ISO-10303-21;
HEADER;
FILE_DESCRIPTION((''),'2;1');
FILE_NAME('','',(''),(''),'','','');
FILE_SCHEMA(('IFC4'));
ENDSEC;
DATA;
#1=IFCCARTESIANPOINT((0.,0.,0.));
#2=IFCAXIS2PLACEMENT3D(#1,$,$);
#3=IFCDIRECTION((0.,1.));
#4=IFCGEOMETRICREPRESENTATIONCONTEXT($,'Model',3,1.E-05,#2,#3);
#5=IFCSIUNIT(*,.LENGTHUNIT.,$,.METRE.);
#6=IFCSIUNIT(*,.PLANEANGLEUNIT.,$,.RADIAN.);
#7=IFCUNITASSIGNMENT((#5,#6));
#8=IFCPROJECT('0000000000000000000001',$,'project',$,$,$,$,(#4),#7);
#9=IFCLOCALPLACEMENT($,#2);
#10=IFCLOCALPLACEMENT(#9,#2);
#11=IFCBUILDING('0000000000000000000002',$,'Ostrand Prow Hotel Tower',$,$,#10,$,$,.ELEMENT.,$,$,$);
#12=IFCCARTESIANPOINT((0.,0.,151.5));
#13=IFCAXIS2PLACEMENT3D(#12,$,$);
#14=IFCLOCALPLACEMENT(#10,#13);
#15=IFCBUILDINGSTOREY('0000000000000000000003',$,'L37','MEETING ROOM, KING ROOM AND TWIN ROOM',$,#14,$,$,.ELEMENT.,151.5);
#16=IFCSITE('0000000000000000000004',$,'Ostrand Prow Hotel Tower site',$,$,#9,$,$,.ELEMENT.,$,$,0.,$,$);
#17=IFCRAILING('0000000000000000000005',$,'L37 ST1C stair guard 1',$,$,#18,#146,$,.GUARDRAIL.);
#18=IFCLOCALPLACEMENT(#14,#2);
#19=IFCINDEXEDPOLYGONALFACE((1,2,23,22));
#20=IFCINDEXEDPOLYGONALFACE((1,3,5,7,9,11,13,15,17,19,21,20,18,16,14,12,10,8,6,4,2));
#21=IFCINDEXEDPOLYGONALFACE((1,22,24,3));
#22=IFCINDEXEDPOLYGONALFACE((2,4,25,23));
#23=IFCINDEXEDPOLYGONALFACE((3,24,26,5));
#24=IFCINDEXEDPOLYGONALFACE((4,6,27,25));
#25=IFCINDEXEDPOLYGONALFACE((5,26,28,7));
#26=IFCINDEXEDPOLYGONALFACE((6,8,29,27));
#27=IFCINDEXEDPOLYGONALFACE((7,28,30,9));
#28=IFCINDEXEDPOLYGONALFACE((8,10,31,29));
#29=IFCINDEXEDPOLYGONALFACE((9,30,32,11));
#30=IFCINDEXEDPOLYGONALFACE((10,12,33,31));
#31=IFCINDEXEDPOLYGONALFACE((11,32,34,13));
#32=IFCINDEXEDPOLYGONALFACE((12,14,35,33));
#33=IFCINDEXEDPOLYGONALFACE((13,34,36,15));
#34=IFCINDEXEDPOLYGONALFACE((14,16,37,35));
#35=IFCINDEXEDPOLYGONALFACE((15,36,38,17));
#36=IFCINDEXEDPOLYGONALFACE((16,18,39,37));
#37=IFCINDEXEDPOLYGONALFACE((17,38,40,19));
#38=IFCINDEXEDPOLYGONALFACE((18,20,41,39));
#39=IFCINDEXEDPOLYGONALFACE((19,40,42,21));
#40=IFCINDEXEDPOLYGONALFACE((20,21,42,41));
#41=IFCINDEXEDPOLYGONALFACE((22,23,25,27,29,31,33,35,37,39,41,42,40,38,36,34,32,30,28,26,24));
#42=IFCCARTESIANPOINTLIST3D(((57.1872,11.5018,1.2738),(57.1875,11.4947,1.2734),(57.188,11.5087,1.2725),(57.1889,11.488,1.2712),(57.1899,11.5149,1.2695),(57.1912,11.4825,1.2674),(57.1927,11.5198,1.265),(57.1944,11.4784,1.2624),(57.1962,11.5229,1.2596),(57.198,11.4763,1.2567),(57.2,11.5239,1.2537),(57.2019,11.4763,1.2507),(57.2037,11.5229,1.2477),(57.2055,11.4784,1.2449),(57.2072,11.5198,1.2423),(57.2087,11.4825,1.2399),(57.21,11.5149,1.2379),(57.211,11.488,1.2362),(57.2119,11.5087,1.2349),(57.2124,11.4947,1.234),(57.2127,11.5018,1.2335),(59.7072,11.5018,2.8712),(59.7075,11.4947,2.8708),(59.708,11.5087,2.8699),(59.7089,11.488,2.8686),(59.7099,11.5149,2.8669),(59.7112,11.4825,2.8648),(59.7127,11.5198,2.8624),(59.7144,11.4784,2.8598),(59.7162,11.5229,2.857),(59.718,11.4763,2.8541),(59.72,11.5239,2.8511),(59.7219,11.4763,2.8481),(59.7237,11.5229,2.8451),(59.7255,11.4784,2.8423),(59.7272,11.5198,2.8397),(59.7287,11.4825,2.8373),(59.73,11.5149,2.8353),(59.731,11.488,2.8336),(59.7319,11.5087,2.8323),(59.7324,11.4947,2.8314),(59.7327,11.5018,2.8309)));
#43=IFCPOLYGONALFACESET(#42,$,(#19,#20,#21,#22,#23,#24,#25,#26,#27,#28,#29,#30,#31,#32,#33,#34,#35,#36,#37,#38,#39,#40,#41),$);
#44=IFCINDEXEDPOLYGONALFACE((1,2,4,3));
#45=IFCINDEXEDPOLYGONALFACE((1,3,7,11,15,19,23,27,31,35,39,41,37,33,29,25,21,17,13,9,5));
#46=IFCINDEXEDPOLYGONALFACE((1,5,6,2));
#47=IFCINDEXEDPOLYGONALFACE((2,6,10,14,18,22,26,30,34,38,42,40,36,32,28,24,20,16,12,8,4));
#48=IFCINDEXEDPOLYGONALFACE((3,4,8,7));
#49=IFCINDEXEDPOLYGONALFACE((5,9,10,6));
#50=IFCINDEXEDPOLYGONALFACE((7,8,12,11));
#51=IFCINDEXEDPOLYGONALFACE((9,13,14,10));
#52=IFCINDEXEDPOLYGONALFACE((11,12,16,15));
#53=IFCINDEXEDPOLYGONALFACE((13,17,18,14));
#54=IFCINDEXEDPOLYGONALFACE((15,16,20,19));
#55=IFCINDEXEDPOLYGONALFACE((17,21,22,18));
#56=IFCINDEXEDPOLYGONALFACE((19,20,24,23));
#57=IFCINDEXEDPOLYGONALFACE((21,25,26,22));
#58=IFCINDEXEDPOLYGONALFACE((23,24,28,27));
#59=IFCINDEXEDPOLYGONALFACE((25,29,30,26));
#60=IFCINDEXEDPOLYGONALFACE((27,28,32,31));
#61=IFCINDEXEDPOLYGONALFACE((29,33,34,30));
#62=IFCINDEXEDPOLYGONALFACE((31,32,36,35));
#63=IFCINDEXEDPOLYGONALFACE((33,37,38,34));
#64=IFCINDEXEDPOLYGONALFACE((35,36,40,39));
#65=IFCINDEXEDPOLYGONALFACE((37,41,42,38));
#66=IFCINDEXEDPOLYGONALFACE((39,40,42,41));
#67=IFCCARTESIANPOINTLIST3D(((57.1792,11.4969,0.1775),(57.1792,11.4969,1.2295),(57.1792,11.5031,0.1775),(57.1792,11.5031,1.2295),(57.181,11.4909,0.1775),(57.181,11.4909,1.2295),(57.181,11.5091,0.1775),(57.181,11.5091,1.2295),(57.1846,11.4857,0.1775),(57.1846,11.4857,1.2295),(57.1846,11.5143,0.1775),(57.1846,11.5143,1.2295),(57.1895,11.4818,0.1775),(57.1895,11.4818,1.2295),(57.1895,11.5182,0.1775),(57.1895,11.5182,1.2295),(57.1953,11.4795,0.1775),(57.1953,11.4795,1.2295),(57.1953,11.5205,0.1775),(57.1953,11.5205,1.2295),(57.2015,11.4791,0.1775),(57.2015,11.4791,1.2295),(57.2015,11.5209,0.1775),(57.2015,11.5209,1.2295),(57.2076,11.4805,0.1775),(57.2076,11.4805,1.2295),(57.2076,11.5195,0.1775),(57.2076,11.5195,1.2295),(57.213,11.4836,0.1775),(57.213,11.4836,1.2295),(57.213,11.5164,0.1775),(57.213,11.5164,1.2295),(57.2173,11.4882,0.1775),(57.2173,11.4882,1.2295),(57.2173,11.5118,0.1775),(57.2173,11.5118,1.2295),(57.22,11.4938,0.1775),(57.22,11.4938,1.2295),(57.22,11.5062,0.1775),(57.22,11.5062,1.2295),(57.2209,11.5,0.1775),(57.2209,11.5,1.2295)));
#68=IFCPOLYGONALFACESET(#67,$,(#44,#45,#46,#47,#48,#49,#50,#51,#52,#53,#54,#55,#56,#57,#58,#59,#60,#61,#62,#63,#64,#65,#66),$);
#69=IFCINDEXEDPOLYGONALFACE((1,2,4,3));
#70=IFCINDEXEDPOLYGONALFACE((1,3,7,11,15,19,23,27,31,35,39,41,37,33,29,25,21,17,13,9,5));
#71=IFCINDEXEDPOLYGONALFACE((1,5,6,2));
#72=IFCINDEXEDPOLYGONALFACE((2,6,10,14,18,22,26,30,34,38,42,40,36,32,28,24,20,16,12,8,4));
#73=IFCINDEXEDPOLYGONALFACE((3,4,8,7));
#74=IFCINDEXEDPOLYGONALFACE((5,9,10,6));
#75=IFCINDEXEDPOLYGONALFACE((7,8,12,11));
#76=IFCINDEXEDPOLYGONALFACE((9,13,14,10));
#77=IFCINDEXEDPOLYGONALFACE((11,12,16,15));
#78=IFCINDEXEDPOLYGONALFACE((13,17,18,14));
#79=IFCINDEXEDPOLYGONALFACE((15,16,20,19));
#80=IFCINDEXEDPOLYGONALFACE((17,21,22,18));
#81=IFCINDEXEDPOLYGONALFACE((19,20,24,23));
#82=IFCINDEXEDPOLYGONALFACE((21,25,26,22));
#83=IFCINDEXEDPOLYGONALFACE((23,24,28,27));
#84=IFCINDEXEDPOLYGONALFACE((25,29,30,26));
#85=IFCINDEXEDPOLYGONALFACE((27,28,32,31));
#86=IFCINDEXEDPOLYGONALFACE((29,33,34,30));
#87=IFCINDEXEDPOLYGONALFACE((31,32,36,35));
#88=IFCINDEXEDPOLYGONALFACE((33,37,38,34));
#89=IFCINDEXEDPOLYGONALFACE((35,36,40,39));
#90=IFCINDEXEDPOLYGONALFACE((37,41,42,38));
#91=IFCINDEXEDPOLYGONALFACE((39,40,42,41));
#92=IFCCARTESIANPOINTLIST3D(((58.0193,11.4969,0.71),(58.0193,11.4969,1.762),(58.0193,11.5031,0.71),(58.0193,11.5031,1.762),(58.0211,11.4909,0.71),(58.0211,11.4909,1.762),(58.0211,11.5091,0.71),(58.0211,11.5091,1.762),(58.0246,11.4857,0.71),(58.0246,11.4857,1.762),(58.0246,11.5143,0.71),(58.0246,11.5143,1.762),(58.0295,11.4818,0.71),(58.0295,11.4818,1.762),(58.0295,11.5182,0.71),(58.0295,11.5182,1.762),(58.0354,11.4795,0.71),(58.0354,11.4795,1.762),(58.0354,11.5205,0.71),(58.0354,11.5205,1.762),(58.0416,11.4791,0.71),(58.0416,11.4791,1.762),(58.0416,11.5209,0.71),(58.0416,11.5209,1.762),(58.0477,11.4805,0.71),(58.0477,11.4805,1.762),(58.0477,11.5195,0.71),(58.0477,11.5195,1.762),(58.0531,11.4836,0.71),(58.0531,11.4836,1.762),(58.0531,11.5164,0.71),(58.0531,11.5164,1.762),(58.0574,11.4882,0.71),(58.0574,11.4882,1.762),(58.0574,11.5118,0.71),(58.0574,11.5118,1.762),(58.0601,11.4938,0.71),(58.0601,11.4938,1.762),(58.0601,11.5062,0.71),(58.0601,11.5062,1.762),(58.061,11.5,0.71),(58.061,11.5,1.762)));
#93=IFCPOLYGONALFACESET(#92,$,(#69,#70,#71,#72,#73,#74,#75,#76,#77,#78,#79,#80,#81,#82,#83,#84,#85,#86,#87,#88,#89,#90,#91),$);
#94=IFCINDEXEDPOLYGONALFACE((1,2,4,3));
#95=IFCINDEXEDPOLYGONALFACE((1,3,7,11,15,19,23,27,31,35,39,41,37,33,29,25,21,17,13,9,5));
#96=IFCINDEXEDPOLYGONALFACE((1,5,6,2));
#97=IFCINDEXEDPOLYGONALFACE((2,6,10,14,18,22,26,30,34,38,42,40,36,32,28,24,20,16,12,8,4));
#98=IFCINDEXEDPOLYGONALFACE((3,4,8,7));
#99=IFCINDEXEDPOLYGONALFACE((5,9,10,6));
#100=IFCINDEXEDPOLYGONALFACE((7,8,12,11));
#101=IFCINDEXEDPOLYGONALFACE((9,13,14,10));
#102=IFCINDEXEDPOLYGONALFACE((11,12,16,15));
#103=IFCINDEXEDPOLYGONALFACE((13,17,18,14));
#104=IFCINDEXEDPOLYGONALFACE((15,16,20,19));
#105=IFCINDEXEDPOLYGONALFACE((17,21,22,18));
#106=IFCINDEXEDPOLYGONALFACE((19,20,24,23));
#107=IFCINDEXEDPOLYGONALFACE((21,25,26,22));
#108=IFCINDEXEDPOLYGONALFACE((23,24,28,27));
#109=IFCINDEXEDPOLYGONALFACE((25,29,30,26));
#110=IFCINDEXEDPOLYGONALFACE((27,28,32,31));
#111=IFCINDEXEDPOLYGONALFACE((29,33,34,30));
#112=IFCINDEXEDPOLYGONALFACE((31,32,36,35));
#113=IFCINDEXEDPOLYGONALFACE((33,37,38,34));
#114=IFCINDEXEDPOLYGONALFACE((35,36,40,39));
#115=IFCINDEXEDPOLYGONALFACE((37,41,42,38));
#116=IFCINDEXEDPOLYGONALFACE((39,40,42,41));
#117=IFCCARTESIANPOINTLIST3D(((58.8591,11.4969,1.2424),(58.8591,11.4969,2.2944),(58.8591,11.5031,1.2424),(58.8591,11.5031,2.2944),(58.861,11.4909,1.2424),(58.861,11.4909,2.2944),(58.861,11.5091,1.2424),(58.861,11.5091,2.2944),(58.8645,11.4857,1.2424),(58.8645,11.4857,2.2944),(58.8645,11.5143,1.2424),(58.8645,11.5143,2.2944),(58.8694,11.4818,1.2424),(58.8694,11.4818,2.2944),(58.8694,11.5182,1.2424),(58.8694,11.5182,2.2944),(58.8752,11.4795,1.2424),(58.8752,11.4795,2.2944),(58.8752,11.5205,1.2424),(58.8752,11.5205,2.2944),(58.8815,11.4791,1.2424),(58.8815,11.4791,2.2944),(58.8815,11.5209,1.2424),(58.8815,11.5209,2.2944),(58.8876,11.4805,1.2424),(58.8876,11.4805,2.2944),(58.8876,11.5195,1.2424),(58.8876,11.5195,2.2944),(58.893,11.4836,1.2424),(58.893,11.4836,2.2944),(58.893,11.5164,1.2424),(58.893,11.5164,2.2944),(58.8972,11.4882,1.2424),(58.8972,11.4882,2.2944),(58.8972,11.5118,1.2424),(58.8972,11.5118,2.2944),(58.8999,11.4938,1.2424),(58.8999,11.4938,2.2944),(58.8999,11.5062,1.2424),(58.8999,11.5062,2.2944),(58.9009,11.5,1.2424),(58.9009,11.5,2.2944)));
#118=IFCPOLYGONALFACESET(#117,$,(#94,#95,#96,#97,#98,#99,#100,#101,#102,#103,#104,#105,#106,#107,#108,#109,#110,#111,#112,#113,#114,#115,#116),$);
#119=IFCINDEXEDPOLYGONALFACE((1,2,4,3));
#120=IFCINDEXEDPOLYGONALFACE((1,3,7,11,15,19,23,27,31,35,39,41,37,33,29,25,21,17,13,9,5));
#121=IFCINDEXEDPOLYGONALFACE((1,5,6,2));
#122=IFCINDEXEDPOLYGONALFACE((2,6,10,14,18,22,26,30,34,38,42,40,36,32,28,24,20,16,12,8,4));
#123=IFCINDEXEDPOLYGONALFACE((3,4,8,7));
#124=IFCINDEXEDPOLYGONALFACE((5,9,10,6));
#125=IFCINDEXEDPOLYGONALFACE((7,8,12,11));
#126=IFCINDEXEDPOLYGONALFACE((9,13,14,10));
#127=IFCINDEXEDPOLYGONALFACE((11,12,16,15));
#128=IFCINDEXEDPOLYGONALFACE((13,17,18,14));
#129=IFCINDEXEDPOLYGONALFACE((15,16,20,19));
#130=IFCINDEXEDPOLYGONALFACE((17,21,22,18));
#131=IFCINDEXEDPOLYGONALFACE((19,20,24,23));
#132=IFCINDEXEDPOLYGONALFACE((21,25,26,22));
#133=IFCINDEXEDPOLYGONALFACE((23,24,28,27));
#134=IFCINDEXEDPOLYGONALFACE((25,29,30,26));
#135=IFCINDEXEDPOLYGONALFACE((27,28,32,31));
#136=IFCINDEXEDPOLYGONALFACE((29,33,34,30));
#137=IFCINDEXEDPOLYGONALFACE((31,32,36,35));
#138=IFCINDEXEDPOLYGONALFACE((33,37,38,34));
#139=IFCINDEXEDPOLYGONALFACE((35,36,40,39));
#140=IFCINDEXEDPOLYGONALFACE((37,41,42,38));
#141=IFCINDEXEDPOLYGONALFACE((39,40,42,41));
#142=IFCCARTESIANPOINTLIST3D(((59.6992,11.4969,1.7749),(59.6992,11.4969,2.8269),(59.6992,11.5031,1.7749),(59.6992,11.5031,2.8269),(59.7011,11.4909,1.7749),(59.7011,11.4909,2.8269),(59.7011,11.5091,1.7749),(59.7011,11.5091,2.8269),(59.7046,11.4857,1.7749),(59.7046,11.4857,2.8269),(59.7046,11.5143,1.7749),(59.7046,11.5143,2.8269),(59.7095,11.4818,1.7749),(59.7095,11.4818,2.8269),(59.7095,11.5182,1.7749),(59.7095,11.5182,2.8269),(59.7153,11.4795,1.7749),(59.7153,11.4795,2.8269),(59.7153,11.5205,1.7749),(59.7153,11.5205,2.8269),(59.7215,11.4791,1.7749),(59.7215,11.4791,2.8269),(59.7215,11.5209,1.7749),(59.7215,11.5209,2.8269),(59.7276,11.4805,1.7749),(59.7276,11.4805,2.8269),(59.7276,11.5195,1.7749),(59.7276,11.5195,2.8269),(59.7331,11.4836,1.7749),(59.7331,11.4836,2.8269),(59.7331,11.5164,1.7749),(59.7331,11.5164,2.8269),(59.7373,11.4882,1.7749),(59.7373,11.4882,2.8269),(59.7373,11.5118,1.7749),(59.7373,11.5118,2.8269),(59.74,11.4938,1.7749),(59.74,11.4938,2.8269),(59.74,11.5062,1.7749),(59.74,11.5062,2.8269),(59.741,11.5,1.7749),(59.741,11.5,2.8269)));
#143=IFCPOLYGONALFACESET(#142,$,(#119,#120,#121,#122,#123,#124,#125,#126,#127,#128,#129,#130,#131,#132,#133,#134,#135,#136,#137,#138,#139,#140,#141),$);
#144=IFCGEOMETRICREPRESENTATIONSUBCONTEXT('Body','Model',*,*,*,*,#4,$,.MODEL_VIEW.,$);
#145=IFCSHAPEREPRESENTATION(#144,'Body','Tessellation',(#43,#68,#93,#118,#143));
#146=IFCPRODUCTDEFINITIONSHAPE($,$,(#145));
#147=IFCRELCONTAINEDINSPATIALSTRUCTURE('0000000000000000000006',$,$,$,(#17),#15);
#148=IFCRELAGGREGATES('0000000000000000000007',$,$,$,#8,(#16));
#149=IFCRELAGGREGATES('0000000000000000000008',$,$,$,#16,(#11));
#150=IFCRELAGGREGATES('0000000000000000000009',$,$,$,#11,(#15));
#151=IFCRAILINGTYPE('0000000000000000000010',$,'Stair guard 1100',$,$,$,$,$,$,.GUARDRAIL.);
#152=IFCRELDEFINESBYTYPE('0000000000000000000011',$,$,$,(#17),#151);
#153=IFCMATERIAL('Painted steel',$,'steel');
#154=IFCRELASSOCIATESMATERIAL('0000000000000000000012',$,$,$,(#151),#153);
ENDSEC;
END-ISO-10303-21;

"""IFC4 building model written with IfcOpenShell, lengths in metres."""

from ifc_helpers import new_model, si_unit, direction, frame, origin, origin_2d, place, context, subcontext, project, spatial, circle, extrude, material, type_object, element, save


model = new_model("IFC4")

# Units and contexts
model_context = context("Model", 3, precision=1e-05, world=origin(), true_north=direction((0.0, 1.0)))
body_context = subcontext(model_context, "Body", "Model", "MODEL_VIEW")
ifc_project = project(units=[si_unit("LENGTHUNIT", "METRE"), si_unit("PLANEANGLEUNIT", "RADIAN")], contexts=[model_context])

# Site, building, storey
site_placement = place(None, origin())
site = spatial("IfcSite", under=ifc_project, at=site_placement, Name="Ostrand Prow Hotel Tower site", CompositionType="ELEMENT", RefElevation=0.0)
building_placement = place(site_placement, origin())
building = spatial("IfcBuilding", under=site, at=building_placement, Name="Ostrand Prow Hotel Tower", CompositionType="ELEMENT")
storey_placement = place(building_placement, frame((0.0, 0.0, 151.5)))
storey = spatial("IfcBuildingStorey", under=building, at=storey_placement, Name="L37", Description="MEETING ROOM, KING ROOM AND TWIN ROOM", CompositionType="ELEMENT", Elevation=151.5)

# Railing
ifc_material_1 = material(Name="Painted steel", Category="steel")
railing_type_1 = type_object("IfcRailingType", Name="Stair guard 1100", PredefinedType="GUARDRAIL", material=ifc_material_1)
railing_1_placement = place(storey_placement, frame((57.2, 11.5, 0.1775)))
element("IfcRailing", 1, at=railing_1_placement, inside=storey, type_object=railing_type_1, Name="L37 ST1C stair guard 1", PredefinedType="GUARDRAIL", context=body_context, shape_type="SweptSolid", body=[
    extrude(circle(Radius=0.0239, at=origin_2d()), frame((0.0, 0.0, 1.0762), z_axis=(0.844607, 0.0, 0.535387), x_axis=(0.0, 1.0, 0.0)), (0.0, 0.0, 1.0), 2.9836),
    extrude(circle(Radius=0.021, at=origin_2d()), origin(), (0.0, 0.0, 1.0), 1.052),
    extrude(circle(Radius=0.021, at=origin_2d()), frame((0.8401, 0.0, 0.5325)), (0.0, 0.0, 1.0), 1.052),
    extrude(circle(Radius=0.021, at=origin_2d()), frame((1.6799, 0.0, 1.0649)), (0.0, 0.0, 1.0), 1.052),
    extrude(circle(Radius=0.021, at=origin_2d()), frame((2.52, 0.0, 1.5974)), (0.0, 0.0, 1.0), 1.052),
])

save(model, "model.ifc")
